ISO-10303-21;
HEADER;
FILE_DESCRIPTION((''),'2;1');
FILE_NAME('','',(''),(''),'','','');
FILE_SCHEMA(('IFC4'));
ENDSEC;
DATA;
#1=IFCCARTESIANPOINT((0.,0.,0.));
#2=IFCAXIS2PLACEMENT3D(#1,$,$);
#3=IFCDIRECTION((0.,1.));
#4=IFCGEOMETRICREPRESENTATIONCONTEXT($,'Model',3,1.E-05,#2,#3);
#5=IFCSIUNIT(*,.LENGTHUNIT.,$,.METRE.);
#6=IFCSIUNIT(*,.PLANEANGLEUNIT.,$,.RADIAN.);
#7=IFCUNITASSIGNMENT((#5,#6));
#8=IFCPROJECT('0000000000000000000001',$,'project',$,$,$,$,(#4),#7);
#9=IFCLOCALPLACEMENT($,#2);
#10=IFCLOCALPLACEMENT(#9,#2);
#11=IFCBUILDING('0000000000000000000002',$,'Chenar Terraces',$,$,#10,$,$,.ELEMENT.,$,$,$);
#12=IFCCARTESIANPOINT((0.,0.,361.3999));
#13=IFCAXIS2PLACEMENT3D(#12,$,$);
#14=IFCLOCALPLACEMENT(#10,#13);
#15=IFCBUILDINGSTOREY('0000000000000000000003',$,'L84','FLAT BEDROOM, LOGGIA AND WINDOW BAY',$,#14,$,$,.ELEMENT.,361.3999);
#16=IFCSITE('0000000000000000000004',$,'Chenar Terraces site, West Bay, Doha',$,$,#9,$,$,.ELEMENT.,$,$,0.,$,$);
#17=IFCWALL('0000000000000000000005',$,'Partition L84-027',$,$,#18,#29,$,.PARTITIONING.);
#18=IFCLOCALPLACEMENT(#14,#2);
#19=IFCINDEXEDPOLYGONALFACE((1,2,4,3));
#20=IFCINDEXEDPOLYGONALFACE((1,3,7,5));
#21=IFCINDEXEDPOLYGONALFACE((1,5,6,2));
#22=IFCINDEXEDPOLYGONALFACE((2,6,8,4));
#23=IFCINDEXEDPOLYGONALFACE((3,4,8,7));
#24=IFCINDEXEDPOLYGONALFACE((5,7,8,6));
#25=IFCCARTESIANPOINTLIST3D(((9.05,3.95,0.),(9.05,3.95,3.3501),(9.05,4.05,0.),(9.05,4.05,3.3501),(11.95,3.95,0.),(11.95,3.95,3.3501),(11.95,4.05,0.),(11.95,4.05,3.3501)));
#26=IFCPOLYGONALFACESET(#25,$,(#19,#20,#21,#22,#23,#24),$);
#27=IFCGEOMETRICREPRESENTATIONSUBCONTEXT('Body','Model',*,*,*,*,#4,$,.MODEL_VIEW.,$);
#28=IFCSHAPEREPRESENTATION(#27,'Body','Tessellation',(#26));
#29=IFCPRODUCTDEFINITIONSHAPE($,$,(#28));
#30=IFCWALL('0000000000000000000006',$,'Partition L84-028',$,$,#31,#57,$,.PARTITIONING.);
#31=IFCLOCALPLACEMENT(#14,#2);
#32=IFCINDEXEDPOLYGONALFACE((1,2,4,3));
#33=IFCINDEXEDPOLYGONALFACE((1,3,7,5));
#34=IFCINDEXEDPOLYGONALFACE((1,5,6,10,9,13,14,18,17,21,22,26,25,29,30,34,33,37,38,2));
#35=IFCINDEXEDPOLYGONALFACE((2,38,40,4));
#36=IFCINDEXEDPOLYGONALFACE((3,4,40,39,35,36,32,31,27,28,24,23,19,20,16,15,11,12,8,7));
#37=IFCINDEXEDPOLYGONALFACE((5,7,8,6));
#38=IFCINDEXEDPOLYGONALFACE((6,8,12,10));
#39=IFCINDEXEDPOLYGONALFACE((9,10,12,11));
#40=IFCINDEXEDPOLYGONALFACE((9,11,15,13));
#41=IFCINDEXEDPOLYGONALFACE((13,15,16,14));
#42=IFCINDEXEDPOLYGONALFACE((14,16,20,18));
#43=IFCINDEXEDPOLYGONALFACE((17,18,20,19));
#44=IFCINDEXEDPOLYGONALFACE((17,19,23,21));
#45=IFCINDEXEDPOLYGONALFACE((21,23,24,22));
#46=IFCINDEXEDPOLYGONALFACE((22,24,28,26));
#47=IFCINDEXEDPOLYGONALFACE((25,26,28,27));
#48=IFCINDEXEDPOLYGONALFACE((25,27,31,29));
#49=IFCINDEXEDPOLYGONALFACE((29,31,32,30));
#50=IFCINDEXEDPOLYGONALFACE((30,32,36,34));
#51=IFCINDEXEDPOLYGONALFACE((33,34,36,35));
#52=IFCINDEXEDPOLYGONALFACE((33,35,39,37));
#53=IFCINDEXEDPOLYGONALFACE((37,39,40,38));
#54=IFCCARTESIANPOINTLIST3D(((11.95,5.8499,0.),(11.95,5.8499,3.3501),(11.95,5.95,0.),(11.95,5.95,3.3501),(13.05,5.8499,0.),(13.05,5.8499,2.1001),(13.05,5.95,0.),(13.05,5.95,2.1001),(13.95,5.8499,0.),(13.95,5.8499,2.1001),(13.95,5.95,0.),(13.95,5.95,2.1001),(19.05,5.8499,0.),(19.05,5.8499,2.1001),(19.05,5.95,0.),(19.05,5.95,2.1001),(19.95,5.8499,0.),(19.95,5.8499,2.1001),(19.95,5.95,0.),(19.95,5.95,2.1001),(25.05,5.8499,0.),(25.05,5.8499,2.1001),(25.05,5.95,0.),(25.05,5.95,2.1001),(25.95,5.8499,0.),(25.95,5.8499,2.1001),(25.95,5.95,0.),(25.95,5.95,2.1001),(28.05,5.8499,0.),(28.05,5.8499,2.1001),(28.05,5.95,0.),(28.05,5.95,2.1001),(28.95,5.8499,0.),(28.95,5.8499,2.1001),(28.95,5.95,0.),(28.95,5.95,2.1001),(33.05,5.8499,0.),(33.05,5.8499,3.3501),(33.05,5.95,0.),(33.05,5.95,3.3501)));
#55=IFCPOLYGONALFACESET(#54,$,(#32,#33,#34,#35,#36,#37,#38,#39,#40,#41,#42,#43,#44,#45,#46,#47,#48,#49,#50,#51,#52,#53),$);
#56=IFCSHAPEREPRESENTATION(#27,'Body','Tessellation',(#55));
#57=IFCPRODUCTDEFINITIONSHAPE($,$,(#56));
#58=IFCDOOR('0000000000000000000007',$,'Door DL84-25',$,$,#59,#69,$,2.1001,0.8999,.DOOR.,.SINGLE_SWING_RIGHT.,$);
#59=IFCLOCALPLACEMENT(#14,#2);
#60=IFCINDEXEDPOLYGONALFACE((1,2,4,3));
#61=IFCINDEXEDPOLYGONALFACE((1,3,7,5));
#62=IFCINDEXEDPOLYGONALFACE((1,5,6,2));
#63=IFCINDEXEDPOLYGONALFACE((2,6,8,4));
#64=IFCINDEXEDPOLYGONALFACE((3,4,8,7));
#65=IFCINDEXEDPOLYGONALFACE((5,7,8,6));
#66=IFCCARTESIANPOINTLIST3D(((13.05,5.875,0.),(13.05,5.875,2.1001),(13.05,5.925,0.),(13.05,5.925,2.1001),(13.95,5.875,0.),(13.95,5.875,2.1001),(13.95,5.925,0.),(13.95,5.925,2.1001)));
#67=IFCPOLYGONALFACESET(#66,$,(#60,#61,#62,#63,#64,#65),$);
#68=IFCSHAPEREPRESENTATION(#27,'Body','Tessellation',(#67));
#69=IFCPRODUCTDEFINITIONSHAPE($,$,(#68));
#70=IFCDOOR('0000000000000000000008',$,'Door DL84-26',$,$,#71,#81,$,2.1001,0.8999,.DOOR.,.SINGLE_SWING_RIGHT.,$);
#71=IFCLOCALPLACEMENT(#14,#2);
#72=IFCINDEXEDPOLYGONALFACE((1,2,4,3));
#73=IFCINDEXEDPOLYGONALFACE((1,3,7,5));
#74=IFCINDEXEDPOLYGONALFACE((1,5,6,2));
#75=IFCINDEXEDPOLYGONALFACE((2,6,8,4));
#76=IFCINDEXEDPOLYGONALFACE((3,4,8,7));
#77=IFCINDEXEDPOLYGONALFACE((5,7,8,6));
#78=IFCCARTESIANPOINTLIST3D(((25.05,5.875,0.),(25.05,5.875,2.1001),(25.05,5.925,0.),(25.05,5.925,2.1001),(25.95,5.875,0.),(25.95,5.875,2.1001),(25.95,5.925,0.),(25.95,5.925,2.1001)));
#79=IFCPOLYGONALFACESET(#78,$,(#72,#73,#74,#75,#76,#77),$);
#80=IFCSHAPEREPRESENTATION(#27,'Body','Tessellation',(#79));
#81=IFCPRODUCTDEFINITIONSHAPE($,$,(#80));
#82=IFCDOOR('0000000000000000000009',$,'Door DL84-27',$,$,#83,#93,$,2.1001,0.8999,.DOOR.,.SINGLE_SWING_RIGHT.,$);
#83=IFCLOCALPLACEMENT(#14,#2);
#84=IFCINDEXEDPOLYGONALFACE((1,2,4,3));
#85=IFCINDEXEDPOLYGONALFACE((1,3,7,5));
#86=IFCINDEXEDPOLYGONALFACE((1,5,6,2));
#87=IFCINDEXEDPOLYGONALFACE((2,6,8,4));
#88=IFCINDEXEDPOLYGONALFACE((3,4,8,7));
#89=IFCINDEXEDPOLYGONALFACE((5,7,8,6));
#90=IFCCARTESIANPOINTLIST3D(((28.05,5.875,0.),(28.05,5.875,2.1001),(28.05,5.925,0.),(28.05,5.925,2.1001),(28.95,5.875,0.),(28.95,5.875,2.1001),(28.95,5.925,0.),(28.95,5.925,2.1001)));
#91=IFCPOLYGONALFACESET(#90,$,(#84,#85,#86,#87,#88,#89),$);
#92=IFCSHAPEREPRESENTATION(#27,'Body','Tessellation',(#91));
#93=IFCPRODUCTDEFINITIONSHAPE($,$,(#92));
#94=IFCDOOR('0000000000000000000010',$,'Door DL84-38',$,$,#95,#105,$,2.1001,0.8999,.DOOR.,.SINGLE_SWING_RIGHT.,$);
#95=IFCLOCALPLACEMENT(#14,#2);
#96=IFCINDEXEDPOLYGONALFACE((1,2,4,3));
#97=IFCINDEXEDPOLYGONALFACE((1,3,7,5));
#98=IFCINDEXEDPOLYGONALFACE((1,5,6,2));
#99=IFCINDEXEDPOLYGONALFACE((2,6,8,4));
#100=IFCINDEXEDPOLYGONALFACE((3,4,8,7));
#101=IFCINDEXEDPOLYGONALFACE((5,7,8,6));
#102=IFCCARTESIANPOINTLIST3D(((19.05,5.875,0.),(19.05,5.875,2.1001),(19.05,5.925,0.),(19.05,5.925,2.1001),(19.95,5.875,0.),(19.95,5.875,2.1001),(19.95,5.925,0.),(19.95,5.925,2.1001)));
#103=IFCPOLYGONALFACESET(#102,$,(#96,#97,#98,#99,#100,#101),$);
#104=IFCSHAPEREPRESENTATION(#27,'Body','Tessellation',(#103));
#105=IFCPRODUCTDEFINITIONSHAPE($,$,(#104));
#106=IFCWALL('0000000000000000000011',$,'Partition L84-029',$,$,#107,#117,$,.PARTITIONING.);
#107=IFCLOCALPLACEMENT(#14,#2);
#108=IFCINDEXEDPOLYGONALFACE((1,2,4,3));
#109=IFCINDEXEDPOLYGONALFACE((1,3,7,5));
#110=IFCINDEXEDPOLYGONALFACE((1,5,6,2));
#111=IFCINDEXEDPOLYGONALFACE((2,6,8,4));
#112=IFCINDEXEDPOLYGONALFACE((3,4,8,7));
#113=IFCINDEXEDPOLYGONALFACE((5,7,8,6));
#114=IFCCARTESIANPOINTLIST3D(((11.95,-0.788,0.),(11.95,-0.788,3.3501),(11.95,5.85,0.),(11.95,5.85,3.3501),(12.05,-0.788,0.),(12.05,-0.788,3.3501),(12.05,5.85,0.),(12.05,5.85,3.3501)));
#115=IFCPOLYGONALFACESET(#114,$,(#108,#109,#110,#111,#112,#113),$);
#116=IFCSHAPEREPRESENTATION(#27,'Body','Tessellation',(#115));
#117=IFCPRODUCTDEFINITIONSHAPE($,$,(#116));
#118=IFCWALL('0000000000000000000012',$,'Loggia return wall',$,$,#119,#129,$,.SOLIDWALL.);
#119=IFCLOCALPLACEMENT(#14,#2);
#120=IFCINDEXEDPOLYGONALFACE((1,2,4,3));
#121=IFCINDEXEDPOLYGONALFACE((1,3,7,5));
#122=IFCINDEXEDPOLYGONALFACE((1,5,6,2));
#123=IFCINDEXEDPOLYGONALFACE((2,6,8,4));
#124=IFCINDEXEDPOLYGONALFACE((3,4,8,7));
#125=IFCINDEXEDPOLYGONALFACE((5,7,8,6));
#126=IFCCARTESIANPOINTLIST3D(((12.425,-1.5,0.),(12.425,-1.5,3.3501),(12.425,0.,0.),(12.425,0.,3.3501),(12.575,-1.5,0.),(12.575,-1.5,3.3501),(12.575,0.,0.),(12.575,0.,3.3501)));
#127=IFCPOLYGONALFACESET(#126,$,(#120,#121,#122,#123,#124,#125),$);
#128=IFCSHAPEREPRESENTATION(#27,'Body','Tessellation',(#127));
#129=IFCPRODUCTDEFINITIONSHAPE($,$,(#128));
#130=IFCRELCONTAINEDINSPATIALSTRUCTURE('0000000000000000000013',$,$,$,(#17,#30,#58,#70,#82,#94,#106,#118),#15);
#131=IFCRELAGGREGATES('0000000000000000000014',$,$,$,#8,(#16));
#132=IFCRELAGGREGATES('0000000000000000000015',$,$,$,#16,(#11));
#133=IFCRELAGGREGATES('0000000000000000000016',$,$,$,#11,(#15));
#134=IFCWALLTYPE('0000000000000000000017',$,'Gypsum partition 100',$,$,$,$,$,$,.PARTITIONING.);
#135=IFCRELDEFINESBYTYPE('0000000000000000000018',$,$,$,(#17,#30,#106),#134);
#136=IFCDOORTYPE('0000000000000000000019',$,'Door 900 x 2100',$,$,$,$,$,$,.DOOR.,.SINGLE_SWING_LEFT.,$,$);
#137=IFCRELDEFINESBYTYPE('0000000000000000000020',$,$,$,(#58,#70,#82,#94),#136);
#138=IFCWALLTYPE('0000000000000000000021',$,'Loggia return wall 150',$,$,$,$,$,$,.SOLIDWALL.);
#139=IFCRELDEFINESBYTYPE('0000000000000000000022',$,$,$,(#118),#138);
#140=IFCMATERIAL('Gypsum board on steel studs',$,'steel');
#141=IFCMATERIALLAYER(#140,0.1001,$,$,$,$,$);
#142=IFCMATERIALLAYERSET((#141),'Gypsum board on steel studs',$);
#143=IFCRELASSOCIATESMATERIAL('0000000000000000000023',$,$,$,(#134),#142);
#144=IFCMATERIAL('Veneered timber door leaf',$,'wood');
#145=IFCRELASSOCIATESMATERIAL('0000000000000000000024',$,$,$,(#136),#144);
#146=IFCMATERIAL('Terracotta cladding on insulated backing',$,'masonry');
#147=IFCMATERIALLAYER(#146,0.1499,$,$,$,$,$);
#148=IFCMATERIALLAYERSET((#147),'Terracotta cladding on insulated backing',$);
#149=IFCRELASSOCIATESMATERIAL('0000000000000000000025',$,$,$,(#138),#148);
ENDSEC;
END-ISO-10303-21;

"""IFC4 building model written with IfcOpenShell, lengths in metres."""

from ifc_helpers import new_model, si_unit, direction, frame, frame_2d, origin, place, context, subcontext, project, spatial, rectangle, extrude, material, layer, layer_set, type_object, element, fill, save


model = new_model("IFC4")

# Units and contexts
model_context = context("Model", 3, precision=1e-05, world=origin(), true_north=direction((0.0, 1.0)))
body_context = subcontext(model_context, "Body", "Model", "MODEL_VIEW")
ifc_project = project(units=[si_unit("LENGTHUNIT", "METRE"), si_unit("PLANEANGLEUNIT", "RADIAN")], contexts=[model_context])

# Site, building, storey
site_placement = place(None, origin())
site = spatial("IfcSite", under=ifc_project, at=site_placement, Name="Chenar Terraces site, West Bay, Doha", CompositionType="ELEMENT", RefElevation=0.0)
building_placement = place(site_placement, origin())
building = spatial("IfcBuilding", under=site, at=building_placement, Name="Chenar Terraces", CompositionType="ELEMENT")
storey_placement = place(building_placement, frame((0.0, 0.0, 361.3999)))
storey = spatial("IfcBuildingStorey", under=building, at=storey_placement, Name="L84", Description="FLAT BEDROOM, LOGGIA AND WINDOW BAY", CompositionType="ELEMENT", Elevation=361.3999)

# Wall
ifc_material_1 = material(Name="Gypsum board on steel studs", Category="steel")
ifc_layer_1 = layer(ifc_material_1, 0.1001)
ifc_layer_set_1 = layer_set([ifc_layer_1], Name="Gypsum board on steel studs")
wall_type_1 = type_object("IfcWallType", Name="Gypsum partition 100", PredefinedType="PARTITIONING", material=ifc_layer_set_1)
wall_1_placement = place(storey_placement, frame((9.05, 4.0, 0.0), z_axis=(0.0, 0.0, 1.0), x_axis=(1.0, 0.0, 0.0)))
element("IfcWall", 1, at=wall_1_placement, inside=storey, type_object=wall_type_1, Name="Partition L84-027", PredefinedType="PARTITIONING", context=body_context, shape_type="SweptSolid", body=[
    extrude(rectangle(XDim=2.8999, YDim=0.1001, at=frame_2d((1.45, 0.0))), origin(), (0.0, 0.0, 1.0), 3.3501),
])

# Wall, openings, doors
wall_2_placement = place(storey_placement, frame((11.95, 5.8999, 0.0), z_axis=(0.0, 0.0, 1.0), x_axis=(1.0, 0.0, 0.0)))
wall_2 = element("IfcWall", 2, at=wall_2_placement, inside=storey, type_object=wall_type_1, Name="Partition L84-028", PredefinedType="PARTITIONING", context=body_context, shape_type="SweptSolid", body=[
    extrude(rectangle(XDim=21.1001, YDim=0.1001, at=frame_2d((10.55, 0.0))), origin(), (0.0, 0.0, 1.0), 3.3501),
])
opening_1_placement = place(wall_2_placement, frame((1.1001, 0.0, 0.0)))
opening_1 = element("IfcOpeningElement", 3, at=opening_1_placement, cuts=wall_2, PredefinedType="OPENING", context=body_context, shape_type="SweptSolid", body=[
    extrude(rectangle(XDim=0.8999, YDim=2.1001, at=frame_2d((0.45, 1.05))), frame((0.0, 0.0601, 0.0), z_axis=(0.0, -1.0, 0.0), x_axis=(1.0, 0.0, 0.0)), (0.0, 0.0, 1.0), 0.1201),
])
opening_2_placement = place(wall_2_placement, frame((13.1001, 0.0, 0.0)))
opening_2 = element("IfcOpeningElement", 4, at=opening_2_placement, cuts=wall_2, PredefinedType="OPENING", context=body_context, shape_type="SweptSolid", body=[
    extrude(rectangle(XDim=0.8999, YDim=2.1001, at=frame_2d((0.45, 1.05))), frame((0.0, 0.0601, 0.0), z_axis=(0.0, -1.0, 0.0), x_axis=(1.0, 0.0, 0.0)), (0.0, 0.0, 1.0), 0.1201),
])
opening_3_placement = place(wall_2_placement, frame((16.1001, 0.0, 0.0)))
opening_3 = element("IfcOpeningElement", 5, at=opening_3_placement, cuts=wall_2, PredefinedType="OPENING", context=body_context, shape_type="SweptSolid", body=[
    extrude(rectangle(XDim=0.8999, YDim=2.1001, at=frame_2d((0.45, 1.05))), frame((0.0, 0.0601, 0.0), z_axis=(0.0, -1.0, 0.0), x_axis=(1.0, 0.0, 0.0)), (0.0, 0.0, 1.0), 0.1201),
])
opening_4_placement = place(wall_2_placement, frame((7.1001, 0.0, 0.0)))
opening_4 = element("IfcOpeningElement", 6, at=opening_4_placement, cuts=wall_2, PredefinedType="OPENING", context=body_context, shape_type="SweptSolid", body=[
    extrude(rectangle(XDim=0.8999, YDim=2.1001, at=frame_2d((0.45, 1.05))), frame((0.0, 0.0601, 0.0), z_axis=(0.0, -1.0, 0.0), x_axis=(1.0, 0.0, 0.0)), (0.0, 0.0, 1.0), 0.1201),
])
ifc_material_2 = material(Name="Veneered timber door leaf", Category="wood")
door_type_1 = type_object("IfcDoorType", Name="Door 900 x 2100", OperationType="SINGLE_SWING_LEFT", PredefinedType="DOOR", material=ifc_material_2)
door_1_placement = place(opening_1_placement, frame((0.8999, 0.0, 0.0), z_axis=(0.0, 0.0, 1.0), x_axis=(-1.0, 0.0, 0.0)))
door_1 = element("IfcDoor", 7, at=door_1_placement, inside=storey, type_object=door_type_1, Name="Door DL84-25", OperationType="SINGLE_SWING_RIGHT", OverallHeight=2.1001, OverallWidth=0.8999, PredefinedType="DOOR", context=body_context, shape_type="SweptSolid", body=[
    extrude(rectangle(XDim=0.8999, YDim=2.1001, at=frame_2d((0.45, 1.05))), frame((0.0, 0.0249, 0.0), z_axis=(0.0, -1.0, 0.0), x_axis=(1.0, 0.0, 0.0)), (0.0, 0.0, 1.0), 0.05),
])
fill(opening_1, door_1)
door_2_placement = place(opening_2_placement, frame((0.8999, 0.0, 0.0), z_axis=(0.0, 0.0, 1.0), x_axis=(-1.0, 0.0, 0.0)))
door_2 = element("IfcDoor", 8, at=door_2_placement, inside=storey, type_object=door_type_1, Name="Door DL84-26", OperationType="SINGLE_SWING_RIGHT", OverallHeight=2.1001, OverallWidth=0.8999, PredefinedType="DOOR", context=body_context, shape_type="SweptSolid", body=[
    extrude(rectangle(XDim=0.8999, YDim=2.1001, at=frame_2d((0.45, 1.05))), frame((0.0, 0.0249, 0.0), z_axis=(0.0, -1.0, 0.0), x_axis=(1.0, 0.0, 0.0)), (0.0, 0.0, 1.0), 0.05),
])
fill(opening_2, door_2)
door_3_placement = place(opening_3_placement, frame((0.8999, 0.0, 0.0), z_axis=(0.0, 0.0, 1.0), x_axis=(-1.0, 0.0, 0.0)))
door_3 = element("IfcDoor", 9, at=door_3_placement, inside=storey, type_object=door_type_1, Name="Door DL84-27", OperationType="SINGLE_SWING_RIGHT", OverallHeight=2.1001, OverallWidth=0.8999, PredefinedType="DOOR", context=body_context, shape_type="SweptSolid", body=[
    extrude(rectangle(XDim=0.8999, YDim=2.1001, at=frame_2d((0.45, 1.05))), frame((0.0, 0.0249, 0.0), z_axis=(0.0, -1.0, 0.0), x_axis=(1.0, 0.0, 0.0)), (0.0, 0.0, 1.0), 0.05),
])
fill(opening_3, door_3)
door_4_placement = place(opening_4_placement, frame((0.8999, 0.0, 0.0), z_axis=(0.0, 0.0, 1.0), x_axis=(-1.0, 0.0, 0.0)))
door_4 = element("IfcDoor", 10, at=door_4_placement, inside=storey, type_object=door_type_1, Name="Door DL84-38", OperationType="SINGLE_SWING_RIGHT", OverallHeight=2.1001, OverallWidth=0.8999, PredefinedType="DOOR", context=body_context, shape_type="SweptSolid", body=[
    extrude(rectangle(XDim=0.8999, YDim=2.1001, at=frame_2d((0.45, 1.05))), frame((0.0, 0.0249, 0.0), z_axis=(0.0, -1.0, 0.0), x_axis=(1.0, 0.0, 0.0)), (0.0, 0.0, 1.0), 0.05),
])
fill(opening_4, door_4)

# Walls
wall_3_placement = place(storey_placement, frame((12.0, -0.7878, 0.0), z_axis=(0.0, 0.0, 1.0), x_axis=(0.0, 1.0, 0.0)))
element("IfcWall", 11, at=wall_3_placement, inside=storey, type_object=wall_type_1, Name="Partition L84-029", PredefinedType="PARTITIONING", context=body_context, shape_type="SweptSolid", body=[
    extrude(rectangle(XDim=6.6379, YDim=0.1001, at=frame_2d((3.3188, 0.0))), origin(), (0.0, 0.0, 1.0), 3.3501),
])
ifc_material_3 = material(Name="Terracotta cladding on insulated backing", Category="masonry")
ifc_layer_2 = layer(ifc_material_3, 0.1499)
ifc_layer_set_2 = layer_set([ifc_layer_2], Name="Terracotta cladding on insulated backing")
wall_type_2 = type_object("IfcWallType", Name="Loggia return wall 150", PredefinedType="SOLIDWALL", material=ifc_layer_set_2)
wall_4_placement = place(storey_placement, frame((12.5, -1.5, 0.0), z_axis=(0.0, 0.0, 1.0), x_axis=(0.0, 1.0, 0.0)))
element("IfcWall", 12, at=wall_4_placement, inside=storey, type_object=wall_type_2, Name="Loggia return wall", PredefinedType="SOLIDWALL", context=body_context, shape_type="SweptSolid", body=[
    extrude(rectangle(XDim=1.5, YDim=0.1499, at=frame_2d((0.75, 0.0))), origin(), (0.0, 0.0, 1.0), 3.3501),
])

save(model, "model.ifc")
